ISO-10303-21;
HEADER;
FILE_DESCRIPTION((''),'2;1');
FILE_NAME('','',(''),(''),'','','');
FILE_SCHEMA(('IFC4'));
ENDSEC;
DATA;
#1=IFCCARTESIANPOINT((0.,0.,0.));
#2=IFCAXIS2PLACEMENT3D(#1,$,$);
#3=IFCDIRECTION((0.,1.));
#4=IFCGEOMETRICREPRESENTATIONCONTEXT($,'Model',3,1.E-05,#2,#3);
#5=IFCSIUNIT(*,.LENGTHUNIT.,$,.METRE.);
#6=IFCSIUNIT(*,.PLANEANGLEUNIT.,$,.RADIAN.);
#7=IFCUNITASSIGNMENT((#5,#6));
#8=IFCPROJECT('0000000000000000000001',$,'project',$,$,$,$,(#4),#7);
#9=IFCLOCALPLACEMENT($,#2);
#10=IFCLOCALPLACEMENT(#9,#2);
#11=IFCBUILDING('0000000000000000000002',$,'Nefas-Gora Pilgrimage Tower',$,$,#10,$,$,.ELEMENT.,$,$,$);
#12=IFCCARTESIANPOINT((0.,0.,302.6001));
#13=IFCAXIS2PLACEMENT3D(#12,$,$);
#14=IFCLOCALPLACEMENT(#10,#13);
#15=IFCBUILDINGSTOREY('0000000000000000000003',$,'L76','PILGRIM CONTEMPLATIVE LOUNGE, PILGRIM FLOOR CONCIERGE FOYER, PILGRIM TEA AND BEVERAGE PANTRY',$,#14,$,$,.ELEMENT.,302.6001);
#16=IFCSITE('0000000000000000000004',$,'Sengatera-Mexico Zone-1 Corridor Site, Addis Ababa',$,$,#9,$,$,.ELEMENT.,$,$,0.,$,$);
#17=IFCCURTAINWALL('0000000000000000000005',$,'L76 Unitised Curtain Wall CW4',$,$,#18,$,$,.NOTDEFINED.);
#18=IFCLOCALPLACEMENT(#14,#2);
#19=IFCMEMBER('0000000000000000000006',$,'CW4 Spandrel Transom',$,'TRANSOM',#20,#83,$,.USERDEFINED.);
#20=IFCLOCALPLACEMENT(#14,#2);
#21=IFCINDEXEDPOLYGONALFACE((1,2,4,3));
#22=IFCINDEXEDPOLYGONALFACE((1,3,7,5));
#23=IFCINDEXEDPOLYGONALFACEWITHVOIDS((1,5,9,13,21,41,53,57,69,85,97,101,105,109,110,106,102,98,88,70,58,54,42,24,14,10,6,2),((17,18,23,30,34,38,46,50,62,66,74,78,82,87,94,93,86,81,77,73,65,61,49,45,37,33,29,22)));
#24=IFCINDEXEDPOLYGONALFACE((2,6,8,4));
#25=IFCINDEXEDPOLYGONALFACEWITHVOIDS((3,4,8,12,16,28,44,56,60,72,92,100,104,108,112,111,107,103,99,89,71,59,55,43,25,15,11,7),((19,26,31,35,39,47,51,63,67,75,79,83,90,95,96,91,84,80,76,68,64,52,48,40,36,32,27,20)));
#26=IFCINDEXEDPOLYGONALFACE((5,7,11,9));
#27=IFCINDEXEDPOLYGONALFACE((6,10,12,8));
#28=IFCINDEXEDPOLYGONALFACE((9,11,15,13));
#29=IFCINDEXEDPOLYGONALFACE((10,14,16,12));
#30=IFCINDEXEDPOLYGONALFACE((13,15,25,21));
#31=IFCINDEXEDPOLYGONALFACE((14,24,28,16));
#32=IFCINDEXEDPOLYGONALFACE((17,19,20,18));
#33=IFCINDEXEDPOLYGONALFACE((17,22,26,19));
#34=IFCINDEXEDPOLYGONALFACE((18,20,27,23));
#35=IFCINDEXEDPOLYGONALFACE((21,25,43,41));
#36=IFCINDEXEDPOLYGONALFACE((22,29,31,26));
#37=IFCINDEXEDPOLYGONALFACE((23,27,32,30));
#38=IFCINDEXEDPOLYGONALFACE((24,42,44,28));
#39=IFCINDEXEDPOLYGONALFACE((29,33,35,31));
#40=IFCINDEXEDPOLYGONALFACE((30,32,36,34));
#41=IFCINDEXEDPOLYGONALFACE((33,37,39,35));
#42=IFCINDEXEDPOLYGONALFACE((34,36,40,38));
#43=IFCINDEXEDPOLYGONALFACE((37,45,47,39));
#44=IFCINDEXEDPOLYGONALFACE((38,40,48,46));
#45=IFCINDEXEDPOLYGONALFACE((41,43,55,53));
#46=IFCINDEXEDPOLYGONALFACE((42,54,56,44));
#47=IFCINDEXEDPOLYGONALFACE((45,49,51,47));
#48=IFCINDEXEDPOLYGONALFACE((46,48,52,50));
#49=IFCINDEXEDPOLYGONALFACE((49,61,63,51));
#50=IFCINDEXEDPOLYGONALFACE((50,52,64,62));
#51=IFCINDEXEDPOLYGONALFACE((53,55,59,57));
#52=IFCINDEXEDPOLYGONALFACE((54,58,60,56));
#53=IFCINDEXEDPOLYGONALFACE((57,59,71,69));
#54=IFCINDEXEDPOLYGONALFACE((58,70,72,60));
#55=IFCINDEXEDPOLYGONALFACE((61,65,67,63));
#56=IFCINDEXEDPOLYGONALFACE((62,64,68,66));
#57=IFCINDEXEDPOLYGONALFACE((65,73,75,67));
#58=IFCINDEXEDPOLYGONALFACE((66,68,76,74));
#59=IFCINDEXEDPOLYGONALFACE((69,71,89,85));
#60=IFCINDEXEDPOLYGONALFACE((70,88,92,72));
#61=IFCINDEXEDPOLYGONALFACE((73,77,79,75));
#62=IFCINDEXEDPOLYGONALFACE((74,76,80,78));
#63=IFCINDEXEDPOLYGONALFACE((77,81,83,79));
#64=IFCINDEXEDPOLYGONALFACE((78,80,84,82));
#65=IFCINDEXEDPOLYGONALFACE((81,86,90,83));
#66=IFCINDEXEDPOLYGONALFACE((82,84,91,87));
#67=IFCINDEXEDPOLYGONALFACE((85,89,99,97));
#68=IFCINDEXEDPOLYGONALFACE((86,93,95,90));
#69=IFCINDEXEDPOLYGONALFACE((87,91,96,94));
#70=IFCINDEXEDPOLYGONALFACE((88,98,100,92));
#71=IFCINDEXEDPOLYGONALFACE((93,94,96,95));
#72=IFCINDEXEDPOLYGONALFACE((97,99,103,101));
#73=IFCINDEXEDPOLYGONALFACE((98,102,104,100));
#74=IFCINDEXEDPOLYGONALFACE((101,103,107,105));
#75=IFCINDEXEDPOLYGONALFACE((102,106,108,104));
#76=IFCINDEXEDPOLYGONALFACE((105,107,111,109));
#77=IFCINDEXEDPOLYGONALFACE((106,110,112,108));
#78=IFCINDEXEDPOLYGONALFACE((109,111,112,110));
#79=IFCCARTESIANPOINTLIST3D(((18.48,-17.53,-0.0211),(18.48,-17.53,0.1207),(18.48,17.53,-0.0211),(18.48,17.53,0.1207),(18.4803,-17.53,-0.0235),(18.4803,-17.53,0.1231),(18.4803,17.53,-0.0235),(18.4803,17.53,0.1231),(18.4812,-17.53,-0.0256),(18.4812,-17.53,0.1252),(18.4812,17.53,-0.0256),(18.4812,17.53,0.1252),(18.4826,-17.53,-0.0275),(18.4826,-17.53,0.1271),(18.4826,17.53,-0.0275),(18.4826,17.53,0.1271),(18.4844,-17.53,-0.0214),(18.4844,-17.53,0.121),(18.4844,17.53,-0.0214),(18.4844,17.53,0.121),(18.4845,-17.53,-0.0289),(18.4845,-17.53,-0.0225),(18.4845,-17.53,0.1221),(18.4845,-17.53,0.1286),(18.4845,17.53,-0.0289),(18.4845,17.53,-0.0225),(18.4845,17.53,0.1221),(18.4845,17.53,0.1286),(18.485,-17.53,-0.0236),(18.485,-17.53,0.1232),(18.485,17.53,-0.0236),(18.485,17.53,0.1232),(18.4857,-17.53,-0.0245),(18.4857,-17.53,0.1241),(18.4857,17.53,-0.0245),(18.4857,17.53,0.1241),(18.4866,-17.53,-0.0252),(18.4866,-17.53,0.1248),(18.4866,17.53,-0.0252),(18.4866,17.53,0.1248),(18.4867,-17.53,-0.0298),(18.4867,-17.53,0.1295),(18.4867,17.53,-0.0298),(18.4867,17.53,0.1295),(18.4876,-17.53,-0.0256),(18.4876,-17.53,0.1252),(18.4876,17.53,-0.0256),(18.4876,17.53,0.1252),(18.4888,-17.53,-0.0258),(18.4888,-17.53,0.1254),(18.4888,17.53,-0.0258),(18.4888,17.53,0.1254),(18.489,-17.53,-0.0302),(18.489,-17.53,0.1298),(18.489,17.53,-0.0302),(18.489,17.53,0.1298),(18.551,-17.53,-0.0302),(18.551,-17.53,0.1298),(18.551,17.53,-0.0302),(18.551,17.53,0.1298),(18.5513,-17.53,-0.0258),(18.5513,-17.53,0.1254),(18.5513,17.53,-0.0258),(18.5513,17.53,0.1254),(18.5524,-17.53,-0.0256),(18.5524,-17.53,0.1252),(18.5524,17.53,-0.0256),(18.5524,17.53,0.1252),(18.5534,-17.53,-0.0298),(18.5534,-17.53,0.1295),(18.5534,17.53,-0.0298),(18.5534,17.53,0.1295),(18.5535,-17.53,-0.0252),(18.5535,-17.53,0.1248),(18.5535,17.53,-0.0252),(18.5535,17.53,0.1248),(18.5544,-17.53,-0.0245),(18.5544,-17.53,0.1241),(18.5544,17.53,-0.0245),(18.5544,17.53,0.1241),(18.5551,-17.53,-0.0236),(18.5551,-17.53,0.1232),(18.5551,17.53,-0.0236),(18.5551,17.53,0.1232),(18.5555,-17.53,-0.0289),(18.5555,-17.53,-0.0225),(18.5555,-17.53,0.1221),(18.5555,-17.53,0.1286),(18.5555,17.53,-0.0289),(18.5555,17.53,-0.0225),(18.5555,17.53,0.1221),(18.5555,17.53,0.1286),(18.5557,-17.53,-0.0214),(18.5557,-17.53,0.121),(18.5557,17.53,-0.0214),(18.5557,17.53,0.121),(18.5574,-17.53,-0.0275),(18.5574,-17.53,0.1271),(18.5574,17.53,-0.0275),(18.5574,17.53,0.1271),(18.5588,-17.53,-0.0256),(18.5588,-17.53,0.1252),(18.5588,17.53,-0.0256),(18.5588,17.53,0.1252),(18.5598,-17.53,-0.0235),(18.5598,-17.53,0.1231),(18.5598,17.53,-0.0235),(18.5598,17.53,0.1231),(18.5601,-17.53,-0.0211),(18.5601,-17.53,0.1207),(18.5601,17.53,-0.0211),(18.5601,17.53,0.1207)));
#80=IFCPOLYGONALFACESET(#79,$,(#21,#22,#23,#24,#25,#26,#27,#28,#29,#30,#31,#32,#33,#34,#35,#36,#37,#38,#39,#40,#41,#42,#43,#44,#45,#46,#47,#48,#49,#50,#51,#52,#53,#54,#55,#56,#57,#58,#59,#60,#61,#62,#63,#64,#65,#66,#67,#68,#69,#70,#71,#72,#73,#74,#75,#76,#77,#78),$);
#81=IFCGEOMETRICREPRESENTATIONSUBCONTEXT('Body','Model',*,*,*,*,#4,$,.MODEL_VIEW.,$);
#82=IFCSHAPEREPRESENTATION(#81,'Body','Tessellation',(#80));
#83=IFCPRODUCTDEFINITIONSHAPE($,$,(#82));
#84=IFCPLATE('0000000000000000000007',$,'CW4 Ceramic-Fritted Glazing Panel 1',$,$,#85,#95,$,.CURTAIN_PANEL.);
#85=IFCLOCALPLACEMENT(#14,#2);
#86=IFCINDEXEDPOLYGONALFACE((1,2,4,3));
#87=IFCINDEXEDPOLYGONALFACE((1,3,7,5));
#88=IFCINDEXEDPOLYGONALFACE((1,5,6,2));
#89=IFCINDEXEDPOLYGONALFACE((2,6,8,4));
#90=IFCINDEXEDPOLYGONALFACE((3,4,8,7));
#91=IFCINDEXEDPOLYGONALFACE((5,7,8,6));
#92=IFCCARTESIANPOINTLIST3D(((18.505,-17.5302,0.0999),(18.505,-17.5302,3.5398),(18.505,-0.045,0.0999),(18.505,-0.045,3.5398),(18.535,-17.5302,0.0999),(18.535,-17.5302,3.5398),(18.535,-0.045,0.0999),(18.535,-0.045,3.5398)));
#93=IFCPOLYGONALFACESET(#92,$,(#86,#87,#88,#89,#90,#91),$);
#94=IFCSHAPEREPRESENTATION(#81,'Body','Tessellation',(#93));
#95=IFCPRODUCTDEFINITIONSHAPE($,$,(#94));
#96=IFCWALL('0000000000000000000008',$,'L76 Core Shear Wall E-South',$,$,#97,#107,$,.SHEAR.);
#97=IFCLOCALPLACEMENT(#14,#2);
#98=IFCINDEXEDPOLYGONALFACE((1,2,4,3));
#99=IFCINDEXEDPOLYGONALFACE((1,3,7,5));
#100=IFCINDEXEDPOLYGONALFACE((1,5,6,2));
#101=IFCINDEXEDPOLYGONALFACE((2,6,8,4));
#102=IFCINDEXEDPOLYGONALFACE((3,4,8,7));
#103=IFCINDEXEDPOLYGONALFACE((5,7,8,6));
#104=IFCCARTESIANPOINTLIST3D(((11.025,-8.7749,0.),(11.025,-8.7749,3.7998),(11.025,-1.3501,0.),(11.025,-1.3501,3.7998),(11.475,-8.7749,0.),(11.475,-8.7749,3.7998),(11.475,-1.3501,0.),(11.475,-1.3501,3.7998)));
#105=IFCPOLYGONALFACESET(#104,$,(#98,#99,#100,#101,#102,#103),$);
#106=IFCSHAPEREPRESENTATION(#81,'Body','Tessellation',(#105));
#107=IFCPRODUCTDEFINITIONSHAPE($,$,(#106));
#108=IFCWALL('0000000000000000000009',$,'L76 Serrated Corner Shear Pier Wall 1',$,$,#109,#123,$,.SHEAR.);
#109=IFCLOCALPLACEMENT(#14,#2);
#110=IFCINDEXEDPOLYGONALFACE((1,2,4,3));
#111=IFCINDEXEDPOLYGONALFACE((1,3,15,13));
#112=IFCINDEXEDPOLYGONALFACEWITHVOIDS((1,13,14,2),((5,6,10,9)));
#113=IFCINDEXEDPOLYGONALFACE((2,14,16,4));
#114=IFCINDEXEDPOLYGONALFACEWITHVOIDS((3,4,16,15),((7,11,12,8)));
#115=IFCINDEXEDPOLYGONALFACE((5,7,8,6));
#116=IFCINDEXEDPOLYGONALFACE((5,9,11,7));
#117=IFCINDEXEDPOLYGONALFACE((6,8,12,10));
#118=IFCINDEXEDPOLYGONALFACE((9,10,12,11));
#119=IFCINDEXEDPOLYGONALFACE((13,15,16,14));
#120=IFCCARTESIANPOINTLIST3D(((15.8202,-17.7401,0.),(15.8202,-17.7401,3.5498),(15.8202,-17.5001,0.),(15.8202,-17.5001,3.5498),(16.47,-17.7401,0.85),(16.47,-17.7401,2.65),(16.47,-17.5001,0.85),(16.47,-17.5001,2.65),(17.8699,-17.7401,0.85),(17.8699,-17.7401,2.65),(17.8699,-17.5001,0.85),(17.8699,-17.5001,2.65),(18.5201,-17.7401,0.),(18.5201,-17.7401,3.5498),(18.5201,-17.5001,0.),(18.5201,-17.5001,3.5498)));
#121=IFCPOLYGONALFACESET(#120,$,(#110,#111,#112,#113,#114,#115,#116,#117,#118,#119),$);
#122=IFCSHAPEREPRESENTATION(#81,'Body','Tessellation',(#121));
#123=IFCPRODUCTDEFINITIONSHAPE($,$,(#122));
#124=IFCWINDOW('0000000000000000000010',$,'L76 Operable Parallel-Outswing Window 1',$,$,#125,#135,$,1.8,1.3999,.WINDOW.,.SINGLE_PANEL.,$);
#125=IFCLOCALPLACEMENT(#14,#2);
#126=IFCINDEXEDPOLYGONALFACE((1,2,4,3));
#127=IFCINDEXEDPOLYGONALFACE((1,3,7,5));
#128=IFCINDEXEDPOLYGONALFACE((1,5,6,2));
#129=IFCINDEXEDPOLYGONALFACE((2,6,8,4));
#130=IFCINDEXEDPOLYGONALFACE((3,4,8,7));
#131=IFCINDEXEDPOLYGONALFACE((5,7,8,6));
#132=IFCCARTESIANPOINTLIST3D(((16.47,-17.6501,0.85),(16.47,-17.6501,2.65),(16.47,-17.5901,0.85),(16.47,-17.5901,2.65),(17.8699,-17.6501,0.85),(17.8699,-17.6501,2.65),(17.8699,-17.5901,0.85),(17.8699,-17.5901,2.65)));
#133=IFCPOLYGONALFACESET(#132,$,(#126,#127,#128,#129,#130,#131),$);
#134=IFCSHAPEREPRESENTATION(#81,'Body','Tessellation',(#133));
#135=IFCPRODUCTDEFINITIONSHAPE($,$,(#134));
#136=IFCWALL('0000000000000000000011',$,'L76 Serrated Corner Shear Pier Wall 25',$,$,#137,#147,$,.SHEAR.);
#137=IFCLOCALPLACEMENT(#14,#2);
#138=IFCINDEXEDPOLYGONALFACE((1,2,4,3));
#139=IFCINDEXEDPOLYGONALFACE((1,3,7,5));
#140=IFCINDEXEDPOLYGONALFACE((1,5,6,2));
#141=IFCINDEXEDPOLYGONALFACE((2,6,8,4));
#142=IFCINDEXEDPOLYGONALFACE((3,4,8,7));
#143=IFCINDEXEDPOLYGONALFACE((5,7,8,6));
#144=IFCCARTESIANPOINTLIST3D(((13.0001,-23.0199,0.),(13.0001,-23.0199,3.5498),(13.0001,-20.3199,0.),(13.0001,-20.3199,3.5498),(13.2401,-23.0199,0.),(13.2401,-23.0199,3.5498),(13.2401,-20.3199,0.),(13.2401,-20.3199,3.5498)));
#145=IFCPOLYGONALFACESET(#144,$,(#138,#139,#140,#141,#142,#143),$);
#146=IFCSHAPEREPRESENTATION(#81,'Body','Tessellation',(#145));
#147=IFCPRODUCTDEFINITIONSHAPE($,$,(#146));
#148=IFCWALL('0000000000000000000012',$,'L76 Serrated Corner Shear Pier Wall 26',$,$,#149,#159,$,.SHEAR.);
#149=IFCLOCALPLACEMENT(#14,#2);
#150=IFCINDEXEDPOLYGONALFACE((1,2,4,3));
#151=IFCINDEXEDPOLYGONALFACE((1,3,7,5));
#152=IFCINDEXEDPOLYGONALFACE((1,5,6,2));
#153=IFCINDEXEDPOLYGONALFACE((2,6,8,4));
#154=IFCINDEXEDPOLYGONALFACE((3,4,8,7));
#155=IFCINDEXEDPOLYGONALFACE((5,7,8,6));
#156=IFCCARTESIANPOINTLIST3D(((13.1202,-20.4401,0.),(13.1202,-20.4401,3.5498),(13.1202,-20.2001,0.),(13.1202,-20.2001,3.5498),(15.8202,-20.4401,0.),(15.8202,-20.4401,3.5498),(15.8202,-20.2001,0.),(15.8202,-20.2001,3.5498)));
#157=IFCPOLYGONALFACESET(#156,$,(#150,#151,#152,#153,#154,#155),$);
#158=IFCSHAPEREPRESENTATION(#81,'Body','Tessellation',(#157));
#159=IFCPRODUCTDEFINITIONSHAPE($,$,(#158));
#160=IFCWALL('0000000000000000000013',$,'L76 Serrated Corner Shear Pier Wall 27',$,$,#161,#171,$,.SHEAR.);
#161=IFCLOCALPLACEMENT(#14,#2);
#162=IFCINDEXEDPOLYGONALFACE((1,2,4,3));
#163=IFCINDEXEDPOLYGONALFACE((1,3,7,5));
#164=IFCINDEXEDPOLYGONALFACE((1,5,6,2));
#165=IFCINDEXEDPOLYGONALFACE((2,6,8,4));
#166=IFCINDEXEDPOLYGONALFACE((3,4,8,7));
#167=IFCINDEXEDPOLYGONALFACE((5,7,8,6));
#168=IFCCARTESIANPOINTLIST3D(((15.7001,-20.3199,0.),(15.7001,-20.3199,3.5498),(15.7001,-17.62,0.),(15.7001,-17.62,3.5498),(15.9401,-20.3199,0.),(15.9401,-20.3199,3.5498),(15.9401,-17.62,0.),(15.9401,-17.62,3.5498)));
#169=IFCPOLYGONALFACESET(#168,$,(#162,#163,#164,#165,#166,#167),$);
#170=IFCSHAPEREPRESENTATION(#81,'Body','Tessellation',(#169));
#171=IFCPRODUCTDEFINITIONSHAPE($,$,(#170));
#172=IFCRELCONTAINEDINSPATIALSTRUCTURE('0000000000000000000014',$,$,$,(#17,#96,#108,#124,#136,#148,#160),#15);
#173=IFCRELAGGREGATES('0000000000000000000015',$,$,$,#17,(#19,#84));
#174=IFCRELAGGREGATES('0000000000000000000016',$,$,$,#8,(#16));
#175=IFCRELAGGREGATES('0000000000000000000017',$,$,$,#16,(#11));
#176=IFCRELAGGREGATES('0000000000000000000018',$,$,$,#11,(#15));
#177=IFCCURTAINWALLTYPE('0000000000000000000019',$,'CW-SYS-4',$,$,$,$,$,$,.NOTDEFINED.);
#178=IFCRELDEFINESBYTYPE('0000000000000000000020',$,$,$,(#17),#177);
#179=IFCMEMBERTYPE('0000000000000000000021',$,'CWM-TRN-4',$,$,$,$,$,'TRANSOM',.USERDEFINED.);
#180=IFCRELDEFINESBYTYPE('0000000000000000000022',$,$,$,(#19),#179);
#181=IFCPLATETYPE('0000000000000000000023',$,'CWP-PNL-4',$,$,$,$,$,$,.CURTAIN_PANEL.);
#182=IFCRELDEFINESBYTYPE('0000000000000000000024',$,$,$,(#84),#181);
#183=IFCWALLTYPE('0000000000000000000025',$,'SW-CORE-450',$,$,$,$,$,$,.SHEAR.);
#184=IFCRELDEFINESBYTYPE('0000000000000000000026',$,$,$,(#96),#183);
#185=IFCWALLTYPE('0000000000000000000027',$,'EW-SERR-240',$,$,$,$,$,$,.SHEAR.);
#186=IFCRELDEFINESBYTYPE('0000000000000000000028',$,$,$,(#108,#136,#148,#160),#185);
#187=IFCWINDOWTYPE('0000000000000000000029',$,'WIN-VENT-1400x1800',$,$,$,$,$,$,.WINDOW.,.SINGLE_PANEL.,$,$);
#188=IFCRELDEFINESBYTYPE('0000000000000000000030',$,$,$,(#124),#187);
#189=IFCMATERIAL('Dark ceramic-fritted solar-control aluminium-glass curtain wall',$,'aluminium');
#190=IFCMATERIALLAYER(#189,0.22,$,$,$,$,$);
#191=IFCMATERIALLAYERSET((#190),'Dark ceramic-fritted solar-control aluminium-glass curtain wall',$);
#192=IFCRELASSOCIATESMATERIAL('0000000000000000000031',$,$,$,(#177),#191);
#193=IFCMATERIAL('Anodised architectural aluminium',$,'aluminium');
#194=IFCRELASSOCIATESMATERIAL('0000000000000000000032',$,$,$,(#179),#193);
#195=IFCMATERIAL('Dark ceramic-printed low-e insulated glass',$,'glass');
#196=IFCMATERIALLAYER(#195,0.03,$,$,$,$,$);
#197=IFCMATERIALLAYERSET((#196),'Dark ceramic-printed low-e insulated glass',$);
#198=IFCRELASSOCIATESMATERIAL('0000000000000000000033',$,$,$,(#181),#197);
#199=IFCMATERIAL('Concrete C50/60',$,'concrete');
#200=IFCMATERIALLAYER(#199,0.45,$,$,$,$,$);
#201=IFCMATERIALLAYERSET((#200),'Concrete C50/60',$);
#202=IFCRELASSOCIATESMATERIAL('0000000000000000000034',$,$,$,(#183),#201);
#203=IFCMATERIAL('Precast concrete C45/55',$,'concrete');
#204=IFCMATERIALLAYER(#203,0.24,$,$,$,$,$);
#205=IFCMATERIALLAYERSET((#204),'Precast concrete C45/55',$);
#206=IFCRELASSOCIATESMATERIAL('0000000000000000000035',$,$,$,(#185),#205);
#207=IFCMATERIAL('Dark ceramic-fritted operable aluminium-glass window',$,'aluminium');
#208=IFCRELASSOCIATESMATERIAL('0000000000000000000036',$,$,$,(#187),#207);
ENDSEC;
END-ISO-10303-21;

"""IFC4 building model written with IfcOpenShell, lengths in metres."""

from ifc_helpers import new_model, si_unit, direction, frame, frame_2d, origin, origin_2d, place, context, subcontext, project, spatial, rectangle, hollow_rectangle, extrude, source, transform, mapped, material, layer, layer_set, material_profile, profile_set, type_object, element, fill, aggregate, save


model = new_model("IFC4")

# Units and contexts
model_context = context("Model", 3, precision=1e-05, world=origin(), true_north=direction((0.0, 1.0)))
body_context = subcontext(model_context, "Body", "Model", "MODEL_VIEW")
ifc_project = project(units=[si_unit("LENGTHUNIT", "METRE"), si_unit("PLANEANGLEUNIT", "RADIAN")], contexts=[model_context])

# Site, building, storey
site_placement = place(None, origin())
site = spatial("IfcSite", under=ifc_project, at=site_placement, Name="Sengatera-Mexico Zone-1 Corridor Site, Addis Ababa", CompositionType="ELEMENT", RefElevation=0.0)
building_placement = place(site_placement, origin())
building = spatial("IfcBuilding", under=site, at=building_placement, Name="Nefas-Gora Pilgrimage Tower", CompositionType="ELEMENT")
storey_placement = place(building_placement, frame((0.0, 0.0, 302.6001)))
storey = spatial("IfcBuildingStorey", under=building, at=storey_placement, Name="L76", Description="PILGRIM CONTEMPLATIVE LOUNGE, PILGRIM FLOOR CONCIERGE FOYER, PILGRIM TEA AND BEVERAGE PANTRY", CompositionType="ELEMENT", Elevation=302.6001)

# Curtain wall
ifc_material_1 = material(Name="Dark ceramic-fritted solar-control aluminium-glass curtain wall", Category="aluminium")
ifc_layer_1 = layer(ifc_material_1, 0.22)
ifc_layer_set_1 = layer_set([ifc_layer_1], Name="Dark ceramic-fritted solar-control aluminium-glass curtain wall")
curtain_wall_type = type_object("IfcCurtainWallType", Name="CW-SYS-4", PredefinedType="NOTDEFINED", material=ifc_layer_set_1)
curtain_wall_1_placement = place(storey_placement, origin())
curtain_wall_1 = element("IfcCurtainWall", 1, at=curtain_wall_1_placement, inside=storey, type_object=curtain_wall_type, Name="L76 Unitised Curtain Wall CW4", PredefinedType="NOTDEFINED")
ifc_material_2 = material(Name="Anodised architectural aluminium", Category="aluminium")

# Member
ifc_material_profile_1 = material_profile(ifc_material_2, hollow_rectangle(XDim=0.0801, YDim=0.1599, WallThickness=0.0044, InnerFilletRadius=0.0044, OuterFilletRadius=0.009, at=origin_2d()), Name="ALU TRANSOM 80x160")
ifc_profile_set_1 = profile_set([ifc_material_profile_1], Name="Anodised architectural aluminium")
member_type_1 = type_object("IfcMemberType", Name="CWM-TRN-4", ElementType="TRANSOM", PredefinedType="USERDEFINED", material=ifc_profile_set_1)
shared_shape_1 = source(origin(), body_context, "Body", "SweptSolid", [
    extrude(hollow_rectangle(XDim=0.0801, YDim=0.1599, WallThickness=0.0044, InnerFilletRadius=0.0044, OuterFilletRadius=0.009, at=origin_2d()), origin(), (0.0, 0.0, 1.0), 35.0601),
])
member_1_placement = place(storey_placement, frame((18.52, -17.53, 0.0498), z_axis=(0.0, 1.0, 0.0), x_axis=(-1.0, 0.0, 0.0)))
member_1 = element("IfcMember", 2, at=member_1_placement, type_object=member_type_1, Name="CW4 Spandrel Transom", ObjectType="TRANSOM", PredefinedType="USERDEFINED", context=body_context, shape_type="MappedRepresentation", body=[
    mapped(shared_shape_1, transform((0.0, 0.0, 0.0), x_axis=(1.0, 0.0, 0.0), y_axis=(0.0, 1.0, 0.0), z_axis=(0.0, 0.0, 1.0), scale=1.0)),
])

# Plate
ifc_material_3 = material(Name="Dark ceramic-printed low-e insulated glass", Category="glass")
ifc_layer_2 = layer(ifc_material_3, 0.03)
ifc_layer_set_2 = layer_set([ifc_layer_2], Name="Dark ceramic-printed low-e insulated glass")
plate_type = type_object("IfcPlateType", Name="CWP-PNL-4", PredefinedType="CURTAIN_PANEL", material=ifc_layer_set_2)
shared_shape_2 = source(origin(), body_context, "Body", "SweptSolid", [
    extrude(rectangle(XDim=17.4851, YDim=0.03, at=origin_2d()), origin(), (0.0, 0.0, 1.0), 3.4399),
])
plate_placement = place(storey_placement, frame((18.52, -8.7876, 0.0999), z_axis=(0.0, 0.0, 1.0), x_axis=(0.0, 1.0, 0.0)))
plate = element("IfcPlate", 3, at=plate_placement, type_object=plate_type, Name="CW4 Ceramic-Fritted Glazing Panel 1", PredefinedType="CURTAIN_PANEL", context=body_context, shape_type="MappedRepresentation", body=[
    mapped(shared_shape_2, transform((0.0, 0.0, 0.0), x_axis=(1.0, 0.0, 0.0), y_axis=(0.0, 1.0, 0.0), z_axis=(0.0, 0.0, 1.0), scale=1.0)),
])
aggregate(curtain_wall_1, [member_1, plate])

# Wall
ifc_material_4 = material(Name="Concrete C50/60", Category="concrete")
ifc_layer_3 = layer(ifc_material_4, 0.45)
ifc_layer_set_3 = layer_set([ifc_layer_3], Name="Concrete C50/60")
wall_type_1 = type_object("IfcWallType", Name="SW-CORE-450", PredefinedType="SHEAR", material=ifc_layer_set_3)
shared_shape_3 = source(origin(), body_context, "Body", "SweptSolid", [
    extrude(rectangle(XDim=7.4248, YDim=0.45, at=frame_2d((3.7124, 0.0))), origin(), (0.0, 0.0, 1.0), 3.7998),
])
wall_1_placement = place(storey_placement, frame((11.25, -8.7749, 0.0), z_axis=(0.0, 0.0, 1.0), x_axis=(0.0, 1.0, 0.0)))
element("IfcWall", 4, at=wall_1_placement, inside=storey, type_object=wall_type_1, Name="L76 Core Shear Wall E-South", PredefinedType="SHEAR", context=body_context, shape_type="MappedRepresentation", body=[
    mapped(shared_shape_3, transform((0.0, 0.0, 0.0), x_axis=(1.0, 0.0, 0.0), y_axis=(0.0, 1.0, 0.0), z_axis=(0.0, 0.0, 1.0), scale=1.0)),
])

# Wall, opening, window
ifc_material_5 = material(Name="Precast concrete C45/55", Category="concrete")
ifc_layer_4 = layer(ifc_material_5, 0.24)
ifc_layer_set_4 = layer_set([ifc_layer_4], Name="Precast concrete C45/55")
wall_type_2 = type_object("IfcWallType", Name="EW-SERR-240", PredefinedType="SHEAR", material=ifc_layer_set_4)
shared_shape_4 = source(origin(), body_context, "Body", "SweptSolid", [
    extrude(rectangle(XDim=2.7, YDim=0.24, at=frame_2d((1.3501, 0.0))), origin(), (0.0, 0.0, 1.0), 3.5498),
])
wall_2_placement = place(storey_placement, frame((15.8201, -17.6201, 0.0), z_axis=(0.0, 0.0, 1.0), x_axis=(1.0, 0.0, 0.0)))
wall_2 = element("IfcWall", 5, at=wall_2_placement, inside=storey, type_object=wall_type_2, Name="L76 Serrated Corner Shear Pier Wall 1", PredefinedType="SHEAR", context=body_context, shape_type="MappedRepresentation", body=[
    mapped(shared_shape_4, transform((0.0, 0.0, 0.0), x_axis=(1.0, 0.0, 0.0), y_axis=(0.0, 1.0, 0.0), z_axis=(0.0, 0.0, 1.0), scale=1.0)),
])
opening_1_placement = place(wall_2_placement, frame((0.6499, 0.0, 0.8501)))
opening_1 = element("IfcOpeningElement", 6, at=opening_1_placement, cuts=wall_2, PredefinedType="OPENING", context=body_context, shape_type="SweptSolid", body=[
    extrude(rectangle(XDim=1.3999, YDim=1.8, at=frame_2d((0.7, 0.8999))), frame((0.0, 0.1299, 0.0), z_axis=(0.0, -1.0, 0.0), x_axis=(1.0, 0.0, 0.0)), (0.0, 0.0, 1.0), 0.26),
])
ifc_material_6 = material(Name="Dark ceramic-fritted operable aluminium-glass window", Category="aluminium")
window_type = type_object("IfcWindowType", Name="WIN-VENT-1400x1800", PartitioningType="SINGLE_PANEL", PredefinedType="WINDOW", material=ifc_material_6)
shared_shape_5 = source(origin(), body_context, "Body", "SweptSolid", [
    extrude(rectangle(XDim=1.3999, YDim=1.8, at=frame_2d((0.7, 0.8999))), frame((0.0, 0.03, 0.0), z_axis=(0.0, -1.0, 0.0), x_axis=(1.0, 0.0, 0.0)), (0.0, 0.0, 1.0), 0.0601),
])
window_placement = place(opening_1_placement, origin())
window = element("IfcWindow", 7, at=window_placement, inside=storey, type_object=window_type, Name="L76 Operable Parallel-Outswing Window 1", OverallHeight=1.8, OverallWidth=1.3999, PartitioningType="SINGLE_PANEL", PredefinedType="WINDOW", context=body_context, shape_type="MappedRepresentation", body=[
    mapped(shared_shape_5, transform((0.0, 0.0, 0.0), x_axis=(1.0, 0.0, 0.0), y_axis=(0.0, 1.0, 0.0), z_axis=(0.0, 0.0, 1.0), scale=1.0)),
])
fill(opening_1, window)

# Walls
for number, where, z_axis, x_axis, name in (
    (8, (13.1201, -23.02, 0.0), (0.0, 0.0, 1.0), (0.0, 1.0, 0.0), "L76 Serrated Corner Shear Pier Wall 25"),
    (9, (13.1201, -20.3201, 0.0), (0.0, 0.0, 1.0), (1.0, 0.0, 0.0), "L76 Serrated Corner Shear Pier Wall 26"),
    (10, (15.8201, -20.3201, 0.0), (0.0, 0.0, 1.0), (0.0, 1.0, 0.0), "L76 Serrated Corner Shear Pier Wall 27"),
):
    element("IfcWall", number, at=place(storey_placement, frame(where, z_axis=z_axis, x_axis=x_axis)), inside=storey, type_object=wall_type_2, Name=name, PredefinedType="SHEAR", context=body_context, shape_type="MappedRepresentation", body=[
        mapped(shared_shape_4, transform((0.0, 0.0, 0.0), x_axis=(1.0, 0.0, 0.0), y_axis=(0.0, 1.0, 0.0), z_axis=(0.0, 0.0, 1.0), scale=1.0)),
    ])

save(model, "model.ifc")
